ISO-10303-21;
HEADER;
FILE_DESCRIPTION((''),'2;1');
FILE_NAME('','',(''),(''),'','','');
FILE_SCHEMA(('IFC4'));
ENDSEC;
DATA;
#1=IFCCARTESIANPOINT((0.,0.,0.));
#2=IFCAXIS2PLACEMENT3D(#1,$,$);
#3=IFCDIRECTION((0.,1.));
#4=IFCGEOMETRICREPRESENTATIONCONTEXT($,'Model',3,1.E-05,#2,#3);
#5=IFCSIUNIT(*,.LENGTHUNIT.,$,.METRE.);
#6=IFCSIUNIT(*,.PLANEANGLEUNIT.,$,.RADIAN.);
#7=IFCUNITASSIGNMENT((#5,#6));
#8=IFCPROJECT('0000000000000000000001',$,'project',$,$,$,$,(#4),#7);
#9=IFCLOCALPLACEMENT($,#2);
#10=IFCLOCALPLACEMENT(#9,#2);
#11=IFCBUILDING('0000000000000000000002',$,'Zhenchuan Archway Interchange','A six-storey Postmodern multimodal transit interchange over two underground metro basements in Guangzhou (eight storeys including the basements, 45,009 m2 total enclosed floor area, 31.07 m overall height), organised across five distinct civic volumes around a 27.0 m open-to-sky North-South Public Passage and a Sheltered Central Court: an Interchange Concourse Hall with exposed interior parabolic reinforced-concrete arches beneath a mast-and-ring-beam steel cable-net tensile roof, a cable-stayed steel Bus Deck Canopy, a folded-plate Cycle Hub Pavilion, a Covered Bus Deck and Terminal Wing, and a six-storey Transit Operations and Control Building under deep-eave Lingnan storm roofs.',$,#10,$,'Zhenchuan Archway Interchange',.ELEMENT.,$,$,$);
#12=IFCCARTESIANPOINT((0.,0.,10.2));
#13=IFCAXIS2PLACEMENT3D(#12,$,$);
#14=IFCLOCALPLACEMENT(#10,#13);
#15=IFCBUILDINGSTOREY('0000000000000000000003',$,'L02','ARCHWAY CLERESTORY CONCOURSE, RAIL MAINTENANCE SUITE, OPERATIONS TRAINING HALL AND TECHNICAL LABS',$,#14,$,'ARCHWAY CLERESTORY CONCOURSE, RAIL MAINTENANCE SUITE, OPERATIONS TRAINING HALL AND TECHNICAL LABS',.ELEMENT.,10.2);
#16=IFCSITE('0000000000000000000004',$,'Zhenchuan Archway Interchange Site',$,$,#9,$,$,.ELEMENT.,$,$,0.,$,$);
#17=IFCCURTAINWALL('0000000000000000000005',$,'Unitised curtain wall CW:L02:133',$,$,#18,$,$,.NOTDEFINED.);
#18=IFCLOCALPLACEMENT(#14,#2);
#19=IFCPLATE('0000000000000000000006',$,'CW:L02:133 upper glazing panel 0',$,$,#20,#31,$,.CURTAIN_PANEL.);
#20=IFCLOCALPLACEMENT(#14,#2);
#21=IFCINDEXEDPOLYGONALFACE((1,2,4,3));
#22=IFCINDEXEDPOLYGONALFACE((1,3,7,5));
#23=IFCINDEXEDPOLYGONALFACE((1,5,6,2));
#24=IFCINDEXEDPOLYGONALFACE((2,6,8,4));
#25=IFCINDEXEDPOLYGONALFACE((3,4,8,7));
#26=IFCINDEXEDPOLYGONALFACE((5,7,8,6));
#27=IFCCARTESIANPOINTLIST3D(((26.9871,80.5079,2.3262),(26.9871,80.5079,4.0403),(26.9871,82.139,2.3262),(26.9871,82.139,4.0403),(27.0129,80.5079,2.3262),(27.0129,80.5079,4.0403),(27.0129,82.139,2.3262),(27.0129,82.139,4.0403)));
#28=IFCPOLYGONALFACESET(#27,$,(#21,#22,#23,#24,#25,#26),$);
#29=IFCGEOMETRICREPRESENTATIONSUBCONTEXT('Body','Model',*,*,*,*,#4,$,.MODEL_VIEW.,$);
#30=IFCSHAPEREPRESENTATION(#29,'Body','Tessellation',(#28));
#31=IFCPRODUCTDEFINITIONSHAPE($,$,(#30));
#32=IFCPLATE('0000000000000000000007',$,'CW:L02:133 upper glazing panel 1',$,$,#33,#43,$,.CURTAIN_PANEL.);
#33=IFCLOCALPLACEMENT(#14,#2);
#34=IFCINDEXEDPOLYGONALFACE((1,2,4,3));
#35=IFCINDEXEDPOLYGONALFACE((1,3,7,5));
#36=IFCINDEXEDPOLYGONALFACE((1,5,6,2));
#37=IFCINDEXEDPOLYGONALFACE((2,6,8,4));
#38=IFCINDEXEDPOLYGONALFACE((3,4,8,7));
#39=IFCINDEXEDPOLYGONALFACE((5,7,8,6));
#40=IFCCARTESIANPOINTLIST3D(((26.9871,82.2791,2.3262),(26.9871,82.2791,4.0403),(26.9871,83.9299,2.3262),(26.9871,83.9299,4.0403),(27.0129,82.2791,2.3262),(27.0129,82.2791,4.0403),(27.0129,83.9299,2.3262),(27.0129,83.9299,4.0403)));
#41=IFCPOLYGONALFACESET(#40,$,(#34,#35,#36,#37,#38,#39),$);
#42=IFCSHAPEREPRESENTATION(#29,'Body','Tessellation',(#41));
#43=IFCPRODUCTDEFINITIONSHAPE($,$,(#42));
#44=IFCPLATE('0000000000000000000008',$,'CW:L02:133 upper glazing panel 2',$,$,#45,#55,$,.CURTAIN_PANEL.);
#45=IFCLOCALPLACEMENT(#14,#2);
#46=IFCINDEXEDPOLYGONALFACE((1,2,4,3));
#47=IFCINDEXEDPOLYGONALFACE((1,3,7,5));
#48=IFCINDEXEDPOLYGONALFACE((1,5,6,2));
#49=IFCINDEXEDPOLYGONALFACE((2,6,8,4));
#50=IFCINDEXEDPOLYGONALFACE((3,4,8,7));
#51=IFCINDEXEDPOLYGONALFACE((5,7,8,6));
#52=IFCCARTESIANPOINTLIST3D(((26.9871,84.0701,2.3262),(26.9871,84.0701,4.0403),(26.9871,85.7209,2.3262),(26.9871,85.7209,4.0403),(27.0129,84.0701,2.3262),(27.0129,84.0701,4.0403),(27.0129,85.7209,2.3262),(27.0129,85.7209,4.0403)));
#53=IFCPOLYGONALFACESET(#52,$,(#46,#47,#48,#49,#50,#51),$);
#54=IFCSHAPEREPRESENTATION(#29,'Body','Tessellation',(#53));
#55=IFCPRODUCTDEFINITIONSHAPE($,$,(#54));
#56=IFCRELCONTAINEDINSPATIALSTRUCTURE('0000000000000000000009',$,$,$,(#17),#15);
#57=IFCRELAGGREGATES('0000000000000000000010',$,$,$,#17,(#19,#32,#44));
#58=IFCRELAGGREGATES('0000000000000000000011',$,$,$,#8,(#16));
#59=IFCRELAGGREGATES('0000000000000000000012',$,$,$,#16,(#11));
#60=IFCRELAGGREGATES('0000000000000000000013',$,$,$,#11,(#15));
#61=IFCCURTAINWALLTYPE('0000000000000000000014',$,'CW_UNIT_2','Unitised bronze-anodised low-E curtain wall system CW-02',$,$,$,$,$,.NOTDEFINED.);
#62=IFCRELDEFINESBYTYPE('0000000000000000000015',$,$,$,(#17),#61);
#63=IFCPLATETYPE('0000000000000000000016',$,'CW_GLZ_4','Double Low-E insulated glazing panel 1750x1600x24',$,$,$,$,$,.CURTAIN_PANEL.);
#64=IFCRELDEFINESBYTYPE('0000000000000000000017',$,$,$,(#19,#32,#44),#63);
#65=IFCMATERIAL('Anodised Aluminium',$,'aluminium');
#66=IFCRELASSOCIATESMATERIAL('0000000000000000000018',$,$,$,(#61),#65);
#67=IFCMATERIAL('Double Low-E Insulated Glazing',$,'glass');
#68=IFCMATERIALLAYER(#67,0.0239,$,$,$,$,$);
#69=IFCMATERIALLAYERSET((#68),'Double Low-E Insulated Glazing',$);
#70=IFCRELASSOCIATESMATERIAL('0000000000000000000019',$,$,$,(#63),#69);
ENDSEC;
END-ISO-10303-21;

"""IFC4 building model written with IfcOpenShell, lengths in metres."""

from ifc_helpers import new_model, si_unit, direction, frame, origin, origin_2d, place, context, subcontext, project, spatial, rectangle, extrude, material, layer, layer_set, type_object, element, aggregate, save


model = new_model("IFC4")

# Units and contexts
model_context = context("Model", 3, precision=1e-05, world=origin(), true_north=direction((0.0, 1.0)))
body_context = subcontext(model_context, "Body", "Model", "MODEL_VIEW")
ifc_project = project(units=[si_unit("LENGTHUNIT", "METRE"), si_unit("PLANEANGLEUNIT", "RADIAN")], contexts=[model_context])

# Site, building, storey
site_placement = place(None, origin())
site = spatial("IfcSite", under=ifc_project, at=site_placement, Name="Zhenchuan Archway Interchange Site", CompositionType="ELEMENT", RefElevation=0.0)
building_placement = place(site_placement, origin())
building = spatial("IfcBuilding", under=site, at=building_placement, Name="Zhenchuan Archway Interchange", Description="A six-storey Postmodern multimodal transit interchange over two underground metro basements in Guangzhou (eight storeys including the basements, 45,009 m2 total enclosed floor area, 31.07 m overall height), organised across five distinct civic volumes around a 27.0 m open-to-sky North-South Public Passage and a Sheltered Central Court: an Interchange Concourse Hall with exposed interior parabolic reinforced-concrete arches beneath a mast-and-ring-beam steel cable-net tensile roof, a cable-stayed steel Bus Deck Canopy, a folded-plate Cycle Hub Pavilion, a Covered Bus Deck and Terminal Wing, and a six-storey Transit Operations and Control Building under deep-eave Lingnan storm roofs.", LongName="Zhenchuan Archway Interchange", CompositionType="ELEMENT")
storey_placement = place(building_placement, frame((0.0, 0.0, 10.2)))
storey = spatial("IfcBuildingStorey", under=building, at=storey_placement, Name="L02", Description="ARCHWAY CLERESTORY CONCOURSE, RAIL MAINTENANCE SUITE, OPERATIONS TRAINING HALL AND TECHNICAL LABS", LongName="ARCHWAY CLERESTORY CONCOURSE, RAIL MAINTENANCE SUITE, OPERATIONS TRAINING HALL AND TECHNICAL LABS", CompositionType="ELEMENT", Elevation=10.2)

# Curtain wall
ifc_material_1 = material(Name="Anodised Aluminium", Category="aluminium")
curtain_wall_type = type_object("IfcCurtainWallType", Name="CW_UNIT_2", Description="Unitised bronze-anodised low-E curtain wall system CW-02", PredefinedType="NOTDEFINED", material=ifc_material_1)
curtain_wall_placement = place(storey_placement, origin())
curtain_wall = element("IfcCurtainWall", 1, at=curtain_wall_placement, inside=storey, type_object=curtain_wall_type, Name="Unitised curtain wall CW:L02:133", PredefinedType="NOTDEFINED")

# Plates
ifc_material_2 = material(Name="Double Low-E Insulated Glazing", Category="glass")
ifc_layer_1 = layer(ifc_material_2, 0.0239)
ifc_layer_set_1 = layer_set([ifc_layer_1], Name="Double Low-E Insulated Glazing")
plate_type_1 = type_object("IfcPlateType", Name="CW_GLZ_4", Description="Double Low-E insulated glazing panel 1750x1600x24", PredefinedType="CURTAIN_PANEL", material=ifc_layer_set_1)
plate_1_placement = place(storey_placement, frame((27.0, 81.3235, 2.3262), z_axis=(0.0, 0.0, 1.0), x_axis=(0.0, 1.0, 0.0)))
plate_1 = element("IfcPlate", 2, at=plate_1_placement, type_object=plate_type_1, Name="CW:L02:133 upper glazing panel 0", PredefinedType="CURTAIN_PANEL", context=body_context, shape_type="SweptSolid", body=[
    extrude(rectangle(XDim=1.6311, YDim=0.0259, at=origin_2d()), origin(), (0.0, 0.0, 1.0), 1.7141),
])
plate_2_placement = place(storey_placement, frame((27.0, 83.1045, 2.3262), z_axis=(0.0, 0.0, 1.0), x_axis=(0.0, 1.0, 0.0)))
plate_2 = element("IfcPlate", 3, at=plate_2_placement, type_object=plate_type_1, Name="CW:L02:133 upper glazing panel 1", PredefinedType="CURTAIN_PANEL", context=body_context, shape_type="SweptSolid", body=[
    extrude(rectangle(XDim=1.6509, YDim=0.0259, at=origin_2d()), origin(), (0.0, 0.0, 1.0), 1.7141),
])
plate_3_placement = place(storey_placement, frame((27.0, 84.8955, 2.3262), z_axis=(0.0, 0.0, 1.0), x_axis=(0.0, 1.0, 0.0)))
plate_3 = element("IfcPlate", 4, at=plate_3_placement, type_object=plate_type_1, Name="CW:L02:133 upper glazing panel 2", PredefinedType="CURTAIN_PANEL", context=body_context, shape_type="SweptSolid", body=[
    extrude(rectangle(XDim=1.6509, YDim=0.0259, at=origin_2d()), origin(), (0.0, 0.0, 1.0), 1.7141),
])
aggregate(curtain_wall, [plate_1, plate_2, plate_3])

save(model, "model.ifc")
